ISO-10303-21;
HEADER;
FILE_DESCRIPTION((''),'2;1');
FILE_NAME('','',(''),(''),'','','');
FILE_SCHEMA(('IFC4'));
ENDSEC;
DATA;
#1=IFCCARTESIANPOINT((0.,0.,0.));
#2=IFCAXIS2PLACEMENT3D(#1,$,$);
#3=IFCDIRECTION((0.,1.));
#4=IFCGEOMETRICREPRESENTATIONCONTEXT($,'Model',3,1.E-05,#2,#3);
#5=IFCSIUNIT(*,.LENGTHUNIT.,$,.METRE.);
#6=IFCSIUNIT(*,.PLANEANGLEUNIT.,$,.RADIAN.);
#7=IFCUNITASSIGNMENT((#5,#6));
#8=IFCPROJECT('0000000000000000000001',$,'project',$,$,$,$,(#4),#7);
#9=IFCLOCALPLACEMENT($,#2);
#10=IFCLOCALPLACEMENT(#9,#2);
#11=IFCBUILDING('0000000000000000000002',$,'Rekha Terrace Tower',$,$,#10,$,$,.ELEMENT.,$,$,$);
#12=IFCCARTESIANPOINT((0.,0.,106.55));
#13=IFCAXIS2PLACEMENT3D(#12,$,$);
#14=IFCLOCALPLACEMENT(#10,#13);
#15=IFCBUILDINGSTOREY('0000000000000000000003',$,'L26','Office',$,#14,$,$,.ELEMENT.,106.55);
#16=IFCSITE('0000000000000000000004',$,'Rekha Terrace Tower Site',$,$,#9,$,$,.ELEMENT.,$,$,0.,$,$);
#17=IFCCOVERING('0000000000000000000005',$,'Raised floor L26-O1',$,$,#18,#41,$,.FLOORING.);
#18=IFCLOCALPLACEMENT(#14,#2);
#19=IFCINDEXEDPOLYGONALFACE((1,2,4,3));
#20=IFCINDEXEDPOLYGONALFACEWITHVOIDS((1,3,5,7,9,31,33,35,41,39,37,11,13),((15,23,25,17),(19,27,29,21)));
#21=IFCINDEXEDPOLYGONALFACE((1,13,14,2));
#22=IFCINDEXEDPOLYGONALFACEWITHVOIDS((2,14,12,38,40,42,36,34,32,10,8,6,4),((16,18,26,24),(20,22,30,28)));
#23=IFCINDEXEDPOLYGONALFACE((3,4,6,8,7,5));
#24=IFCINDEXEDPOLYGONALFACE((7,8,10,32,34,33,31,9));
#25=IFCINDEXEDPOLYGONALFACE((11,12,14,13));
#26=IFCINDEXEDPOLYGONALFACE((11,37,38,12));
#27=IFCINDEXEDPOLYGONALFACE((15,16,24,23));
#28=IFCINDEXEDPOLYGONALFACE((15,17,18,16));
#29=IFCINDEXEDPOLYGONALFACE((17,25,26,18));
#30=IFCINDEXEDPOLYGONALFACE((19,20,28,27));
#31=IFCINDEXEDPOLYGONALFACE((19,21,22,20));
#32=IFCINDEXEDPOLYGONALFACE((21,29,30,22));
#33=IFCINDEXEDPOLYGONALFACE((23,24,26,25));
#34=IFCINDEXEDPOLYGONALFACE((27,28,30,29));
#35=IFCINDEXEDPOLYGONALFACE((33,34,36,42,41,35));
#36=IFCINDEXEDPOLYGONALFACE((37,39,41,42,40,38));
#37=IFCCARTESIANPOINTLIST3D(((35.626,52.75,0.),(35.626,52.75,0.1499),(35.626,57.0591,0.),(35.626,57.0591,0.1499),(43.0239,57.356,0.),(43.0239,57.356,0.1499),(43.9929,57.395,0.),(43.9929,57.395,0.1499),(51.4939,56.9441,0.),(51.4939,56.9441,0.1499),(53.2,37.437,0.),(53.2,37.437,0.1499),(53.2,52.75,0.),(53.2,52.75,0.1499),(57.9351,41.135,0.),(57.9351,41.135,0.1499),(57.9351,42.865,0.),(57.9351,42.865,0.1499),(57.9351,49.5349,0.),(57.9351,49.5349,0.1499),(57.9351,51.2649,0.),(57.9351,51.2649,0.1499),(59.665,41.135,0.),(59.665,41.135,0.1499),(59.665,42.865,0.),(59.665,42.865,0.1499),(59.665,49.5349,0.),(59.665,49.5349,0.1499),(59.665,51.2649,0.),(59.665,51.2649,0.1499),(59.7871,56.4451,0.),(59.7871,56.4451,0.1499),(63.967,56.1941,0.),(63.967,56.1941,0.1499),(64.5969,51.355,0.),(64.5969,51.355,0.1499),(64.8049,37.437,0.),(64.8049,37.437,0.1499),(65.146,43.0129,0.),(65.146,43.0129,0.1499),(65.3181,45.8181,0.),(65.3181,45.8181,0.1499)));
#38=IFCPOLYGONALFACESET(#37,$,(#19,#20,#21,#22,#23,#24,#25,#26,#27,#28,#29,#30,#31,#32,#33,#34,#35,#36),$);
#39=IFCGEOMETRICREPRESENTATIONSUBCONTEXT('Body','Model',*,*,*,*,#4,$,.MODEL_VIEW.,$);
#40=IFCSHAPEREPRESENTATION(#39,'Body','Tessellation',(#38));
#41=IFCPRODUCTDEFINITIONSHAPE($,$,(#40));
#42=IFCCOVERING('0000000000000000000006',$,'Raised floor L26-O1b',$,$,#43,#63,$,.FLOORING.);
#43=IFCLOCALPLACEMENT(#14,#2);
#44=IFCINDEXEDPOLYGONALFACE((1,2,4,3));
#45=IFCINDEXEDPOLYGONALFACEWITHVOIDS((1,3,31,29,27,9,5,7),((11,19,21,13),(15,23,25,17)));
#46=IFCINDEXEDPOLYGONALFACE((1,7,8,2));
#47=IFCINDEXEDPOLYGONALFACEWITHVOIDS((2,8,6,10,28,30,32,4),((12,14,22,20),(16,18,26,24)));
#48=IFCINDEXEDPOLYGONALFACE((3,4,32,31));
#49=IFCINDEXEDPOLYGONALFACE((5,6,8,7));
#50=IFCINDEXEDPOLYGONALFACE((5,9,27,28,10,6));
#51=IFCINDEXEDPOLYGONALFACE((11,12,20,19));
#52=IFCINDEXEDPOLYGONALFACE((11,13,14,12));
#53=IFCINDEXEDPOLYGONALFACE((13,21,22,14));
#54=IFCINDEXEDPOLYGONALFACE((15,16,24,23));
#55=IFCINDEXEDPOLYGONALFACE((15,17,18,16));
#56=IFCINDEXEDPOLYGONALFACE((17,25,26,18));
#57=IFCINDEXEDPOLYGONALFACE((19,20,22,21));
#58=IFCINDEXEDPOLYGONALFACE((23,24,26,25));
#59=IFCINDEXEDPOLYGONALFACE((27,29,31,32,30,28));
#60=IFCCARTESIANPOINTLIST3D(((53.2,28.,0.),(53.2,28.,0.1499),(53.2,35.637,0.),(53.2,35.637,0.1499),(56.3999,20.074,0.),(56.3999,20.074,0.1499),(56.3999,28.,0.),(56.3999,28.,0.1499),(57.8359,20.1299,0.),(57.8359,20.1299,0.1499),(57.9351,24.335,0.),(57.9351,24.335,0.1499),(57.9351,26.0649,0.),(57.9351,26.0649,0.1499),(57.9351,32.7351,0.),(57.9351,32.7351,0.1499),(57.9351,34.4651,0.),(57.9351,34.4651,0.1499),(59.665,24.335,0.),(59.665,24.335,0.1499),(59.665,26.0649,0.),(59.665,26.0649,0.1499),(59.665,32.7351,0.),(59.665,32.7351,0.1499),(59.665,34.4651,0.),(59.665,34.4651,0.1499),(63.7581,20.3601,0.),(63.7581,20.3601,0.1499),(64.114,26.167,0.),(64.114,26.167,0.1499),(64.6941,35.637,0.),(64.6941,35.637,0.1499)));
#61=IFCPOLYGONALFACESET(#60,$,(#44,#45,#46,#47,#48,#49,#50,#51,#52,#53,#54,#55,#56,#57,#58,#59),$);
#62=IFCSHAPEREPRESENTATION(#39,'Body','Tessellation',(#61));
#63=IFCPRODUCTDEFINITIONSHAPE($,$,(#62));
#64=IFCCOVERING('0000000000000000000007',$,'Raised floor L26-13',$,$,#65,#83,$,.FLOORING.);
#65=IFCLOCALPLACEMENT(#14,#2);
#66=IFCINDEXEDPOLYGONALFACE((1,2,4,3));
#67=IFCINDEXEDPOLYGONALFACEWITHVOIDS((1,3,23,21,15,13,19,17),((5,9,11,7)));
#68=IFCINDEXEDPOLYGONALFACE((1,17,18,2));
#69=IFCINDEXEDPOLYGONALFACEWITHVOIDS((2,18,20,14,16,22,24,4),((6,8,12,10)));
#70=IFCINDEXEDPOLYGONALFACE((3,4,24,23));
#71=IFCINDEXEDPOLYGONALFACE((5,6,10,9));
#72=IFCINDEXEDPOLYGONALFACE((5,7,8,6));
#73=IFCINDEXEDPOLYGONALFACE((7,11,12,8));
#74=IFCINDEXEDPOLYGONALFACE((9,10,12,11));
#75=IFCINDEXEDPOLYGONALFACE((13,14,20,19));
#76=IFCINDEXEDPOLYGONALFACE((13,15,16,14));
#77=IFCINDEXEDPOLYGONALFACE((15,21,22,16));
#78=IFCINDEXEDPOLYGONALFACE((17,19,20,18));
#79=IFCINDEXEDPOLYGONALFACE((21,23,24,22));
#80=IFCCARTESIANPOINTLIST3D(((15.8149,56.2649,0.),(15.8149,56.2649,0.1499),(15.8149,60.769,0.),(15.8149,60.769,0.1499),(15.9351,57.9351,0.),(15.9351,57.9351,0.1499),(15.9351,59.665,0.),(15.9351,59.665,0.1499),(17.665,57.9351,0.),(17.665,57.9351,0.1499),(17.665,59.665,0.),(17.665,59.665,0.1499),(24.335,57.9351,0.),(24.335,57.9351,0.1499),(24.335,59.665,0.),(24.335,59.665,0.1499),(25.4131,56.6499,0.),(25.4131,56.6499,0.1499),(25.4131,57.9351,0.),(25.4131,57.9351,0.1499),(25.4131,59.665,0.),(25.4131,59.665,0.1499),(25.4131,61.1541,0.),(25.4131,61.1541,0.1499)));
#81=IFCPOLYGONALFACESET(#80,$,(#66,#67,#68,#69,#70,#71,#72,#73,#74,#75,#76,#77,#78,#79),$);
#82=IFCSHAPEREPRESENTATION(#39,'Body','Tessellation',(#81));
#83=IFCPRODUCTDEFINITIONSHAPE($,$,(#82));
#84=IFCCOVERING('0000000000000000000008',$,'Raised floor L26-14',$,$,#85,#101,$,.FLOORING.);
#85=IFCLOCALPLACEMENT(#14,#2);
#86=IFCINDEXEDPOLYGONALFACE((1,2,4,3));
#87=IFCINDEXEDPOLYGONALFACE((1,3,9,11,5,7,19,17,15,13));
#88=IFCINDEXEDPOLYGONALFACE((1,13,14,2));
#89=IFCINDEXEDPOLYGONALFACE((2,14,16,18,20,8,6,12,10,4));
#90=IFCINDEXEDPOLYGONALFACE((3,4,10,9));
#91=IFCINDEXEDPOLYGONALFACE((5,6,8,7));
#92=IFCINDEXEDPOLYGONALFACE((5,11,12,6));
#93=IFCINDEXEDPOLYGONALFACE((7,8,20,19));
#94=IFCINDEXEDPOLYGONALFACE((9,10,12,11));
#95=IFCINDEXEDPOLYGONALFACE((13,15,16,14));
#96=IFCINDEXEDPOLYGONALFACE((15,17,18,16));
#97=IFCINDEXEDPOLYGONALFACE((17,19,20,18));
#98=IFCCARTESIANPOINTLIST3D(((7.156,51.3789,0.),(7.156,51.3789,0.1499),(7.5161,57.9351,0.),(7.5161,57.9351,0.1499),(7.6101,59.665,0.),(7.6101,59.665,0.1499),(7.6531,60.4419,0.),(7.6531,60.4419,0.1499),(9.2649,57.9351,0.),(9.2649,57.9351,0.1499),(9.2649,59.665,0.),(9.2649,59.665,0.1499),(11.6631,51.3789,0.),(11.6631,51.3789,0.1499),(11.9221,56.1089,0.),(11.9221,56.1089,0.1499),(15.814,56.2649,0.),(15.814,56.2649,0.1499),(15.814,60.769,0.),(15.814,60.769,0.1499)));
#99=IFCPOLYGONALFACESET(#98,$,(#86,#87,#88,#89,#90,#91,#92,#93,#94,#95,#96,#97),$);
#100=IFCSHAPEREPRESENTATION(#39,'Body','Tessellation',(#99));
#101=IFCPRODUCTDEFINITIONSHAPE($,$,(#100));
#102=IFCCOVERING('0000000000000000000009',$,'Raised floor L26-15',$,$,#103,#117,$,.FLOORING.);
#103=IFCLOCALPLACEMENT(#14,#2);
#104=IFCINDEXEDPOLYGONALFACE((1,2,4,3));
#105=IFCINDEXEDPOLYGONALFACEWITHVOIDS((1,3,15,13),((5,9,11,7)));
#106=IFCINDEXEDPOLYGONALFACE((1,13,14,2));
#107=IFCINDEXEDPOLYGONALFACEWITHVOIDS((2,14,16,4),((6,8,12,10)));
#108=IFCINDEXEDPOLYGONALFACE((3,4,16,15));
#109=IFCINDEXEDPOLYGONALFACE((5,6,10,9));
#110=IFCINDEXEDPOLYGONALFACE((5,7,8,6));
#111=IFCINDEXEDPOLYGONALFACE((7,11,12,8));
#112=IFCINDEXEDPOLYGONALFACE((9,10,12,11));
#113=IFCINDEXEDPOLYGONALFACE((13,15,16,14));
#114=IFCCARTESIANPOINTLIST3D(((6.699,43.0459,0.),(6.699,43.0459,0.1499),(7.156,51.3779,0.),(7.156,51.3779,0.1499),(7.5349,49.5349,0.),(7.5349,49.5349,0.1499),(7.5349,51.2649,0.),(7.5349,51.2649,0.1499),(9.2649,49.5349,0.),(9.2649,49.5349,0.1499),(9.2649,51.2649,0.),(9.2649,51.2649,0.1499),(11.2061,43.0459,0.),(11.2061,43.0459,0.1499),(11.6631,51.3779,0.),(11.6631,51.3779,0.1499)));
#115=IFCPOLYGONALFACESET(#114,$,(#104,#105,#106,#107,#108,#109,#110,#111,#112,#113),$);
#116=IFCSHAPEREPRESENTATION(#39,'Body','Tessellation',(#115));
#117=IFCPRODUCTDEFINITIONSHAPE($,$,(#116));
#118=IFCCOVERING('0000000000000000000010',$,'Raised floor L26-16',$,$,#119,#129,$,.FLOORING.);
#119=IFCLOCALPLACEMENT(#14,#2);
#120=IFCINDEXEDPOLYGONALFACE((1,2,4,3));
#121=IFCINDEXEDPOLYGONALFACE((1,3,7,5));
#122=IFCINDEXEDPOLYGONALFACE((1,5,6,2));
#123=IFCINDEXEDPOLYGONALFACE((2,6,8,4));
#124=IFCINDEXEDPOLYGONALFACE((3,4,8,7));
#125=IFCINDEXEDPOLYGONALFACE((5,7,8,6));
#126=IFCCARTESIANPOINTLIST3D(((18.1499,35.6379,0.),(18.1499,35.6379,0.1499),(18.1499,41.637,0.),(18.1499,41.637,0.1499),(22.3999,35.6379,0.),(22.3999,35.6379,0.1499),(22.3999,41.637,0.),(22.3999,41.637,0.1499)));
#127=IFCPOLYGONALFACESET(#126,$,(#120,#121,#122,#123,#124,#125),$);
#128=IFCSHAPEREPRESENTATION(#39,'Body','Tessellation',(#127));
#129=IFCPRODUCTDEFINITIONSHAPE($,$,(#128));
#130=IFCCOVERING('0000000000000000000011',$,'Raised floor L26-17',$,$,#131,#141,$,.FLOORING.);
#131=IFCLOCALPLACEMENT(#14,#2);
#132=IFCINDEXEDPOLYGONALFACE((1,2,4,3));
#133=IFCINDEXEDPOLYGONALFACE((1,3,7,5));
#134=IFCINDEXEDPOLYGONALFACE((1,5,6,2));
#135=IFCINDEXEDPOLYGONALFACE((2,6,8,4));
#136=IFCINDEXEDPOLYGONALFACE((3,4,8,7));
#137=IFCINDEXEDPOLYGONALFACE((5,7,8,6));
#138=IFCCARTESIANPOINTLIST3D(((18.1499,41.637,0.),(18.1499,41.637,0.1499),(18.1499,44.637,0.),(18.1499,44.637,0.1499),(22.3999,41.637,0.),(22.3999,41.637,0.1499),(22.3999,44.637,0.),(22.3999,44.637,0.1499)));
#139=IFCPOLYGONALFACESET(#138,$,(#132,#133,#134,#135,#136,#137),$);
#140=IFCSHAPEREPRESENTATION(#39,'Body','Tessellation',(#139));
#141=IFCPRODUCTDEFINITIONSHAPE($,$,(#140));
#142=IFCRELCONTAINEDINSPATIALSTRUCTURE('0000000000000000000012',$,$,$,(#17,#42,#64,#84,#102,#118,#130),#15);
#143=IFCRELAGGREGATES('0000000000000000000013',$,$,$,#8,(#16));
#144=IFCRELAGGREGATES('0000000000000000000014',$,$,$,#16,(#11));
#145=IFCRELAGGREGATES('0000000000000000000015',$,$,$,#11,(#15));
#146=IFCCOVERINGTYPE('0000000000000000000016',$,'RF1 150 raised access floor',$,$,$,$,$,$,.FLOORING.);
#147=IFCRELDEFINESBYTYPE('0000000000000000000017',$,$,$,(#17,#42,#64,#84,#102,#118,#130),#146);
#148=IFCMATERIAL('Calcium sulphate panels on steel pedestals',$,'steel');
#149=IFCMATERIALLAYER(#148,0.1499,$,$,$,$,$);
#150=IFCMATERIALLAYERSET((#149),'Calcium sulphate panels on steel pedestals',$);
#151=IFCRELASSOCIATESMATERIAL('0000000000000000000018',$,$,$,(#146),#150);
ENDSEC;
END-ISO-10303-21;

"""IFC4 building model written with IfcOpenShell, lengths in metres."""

from ifc_helpers import new_model, si_unit, direction, frame, origin, place, context, subcontext, project, spatial, polyline, outline, extrude, material, layer, layer_set, type_object, element, save


model = new_model("IFC4")

# Units and contexts
model_context = context("Model", 3, precision=1e-05, world=origin(), true_north=direction((0.0, 1.0)))
body_context = subcontext(model_context, "Body", "Model", "MODEL_VIEW")
ifc_project = project(units=[si_unit("LENGTHUNIT", "METRE"), si_unit("PLANEANGLEUNIT", "RADIAN")], contexts=[model_context])

# Site, building, storey
site_placement = place(None, origin())
site = spatial("IfcSite", under=ifc_project, at=site_placement, Name="Rekha Terrace Tower Site", CompositionType="ELEMENT", RefElevation=0.0)
building_placement = place(site_placement, origin())
building = spatial("IfcBuilding", under=site, at=building_placement, Name="Rekha Terrace Tower", CompositionType="ELEMENT")
storey_placement = place(building_placement, frame((0.0, 0.0, 106.55)))
storey = spatial("IfcBuildingStorey", under=building, at=storey_placement, Name="L26", Description="Office", CompositionType="ELEMENT", Elevation=106.55)

# Coverings
ifc_material_1 = material(Name="Calcium sulphate panels on steel pedestals", Category="steel")
ifc_layer_1 = layer(ifc_material_1, 0.1499)
ifc_layer_set_1 = layer_set([ifc_layer_1], Name="Calcium sulphate panels on steel pedestals")
covering_type_1 = type_object("IfcCoveringType", Name="RF1 150 raised access floor", PredefinedType="FLOORING", material=ifc_layer_set_1)
covering_1_placement = place(storey_placement, origin())
element("IfcCovering", 1, at=covering_1_placement, inside=storey, type_object=covering_type_1, Name="Raised floor L26-O1", PredefinedType="FLOORING", context=body_context, shape_type="SweptSolid", body=[
    extrude(outline(polyline([(43.9929, 57.395), (43.0239, 57.356), (35.626, 57.0591), (35.626, 52.75), (53.2, 52.75), (53.2, 37.437), (64.8049, 37.437), (65.146, 43.0129), (65.3181, 45.8181), (64.5969, 51.355), (63.967, 56.1941), (59.7871, 56.4451), (51.4939, 56.9441), (43.9929, 57.395)]), holes=[polyline([(59.665, 41.135), (57.9351, 41.135), (57.9351, 42.865), (59.665, 42.865), (59.665, 41.135)]), polyline([(59.665, 49.5349), (57.9351, 49.5349), (57.9351, 51.2649), (59.665, 51.2649), (59.665, 49.5349)])]), origin(), (0.0, 0.0, 1.0), 0.1499),
])
covering_2_placement = place(storey_placement, origin())
element("IfcCovering", 2, at=covering_2_placement, inside=storey, type_object=covering_type_1, Name="Raised floor L26-O1b", PredefinedType="FLOORING", context=body_context, shape_type="SweptSolid", body=[
    extrude(outline(polyline([(56.3999, 20.074), (57.8359, 20.1299), (63.7581, 20.3601), (64.114, 26.167), (64.6941, 35.637), (53.2, 35.637), (53.2, 28.0), (56.3999, 28.0), (56.3999, 20.074)]), holes=[polyline([(59.665, 26.0649), (59.665, 24.335), (57.9351, 24.335), (57.9351, 26.0649), (59.665, 26.0649)]), polyline([(59.665, 32.7351), (57.9351, 32.7351), (57.9351, 34.4651), (59.665, 34.4651), (59.665, 32.7351)])]), origin(), (0.0, 0.0, 1.0), 0.1499),
])
covering_3_placement = place(storey_placement, origin())
element("IfcCovering", 3, at=covering_3_placement, inside=storey, type_object=covering_type_1, Name="Raised floor L26-13", PredefinedType="FLOORING", context=body_context, shape_type="SweptSolid", body=[
    extrude(outline(polyline([(25.4131, 61.1541), (15.8149, 60.769), (15.8149, 56.2649), (25.4131, 56.6499), (25.4131, 57.9351), (24.335, 57.9351), (24.335, 59.665), (25.4131, 59.665), (25.4131, 61.1541)]), holes=[polyline([(17.665, 57.9351), (15.9351, 57.9351), (15.9351, 59.665), (17.665, 59.665), (17.665, 57.9351)])]), origin(), (0.0, 0.0, 1.0), 0.1499),
])
covering_4_placement = place(storey_placement, origin())
element("IfcCovering", 4, at=covering_4_placement, inside=storey, type_object=covering_type_1, Name="Raised floor L26-14", PredefinedType="FLOORING", context=body_context, shape_type="SweptSolid", body=[
    extrude(outline(polyline([(7.5161, 57.9351), (7.156, 51.3789), (11.6631, 51.3789), (11.9221, 56.1089), (15.814, 56.2649), (15.814, 60.769), (7.6531, 60.4419), (7.6101, 59.665), (9.2649, 59.665), (9.2649, 57.9351), (7.5161, 57.9351)])), origin(), (0.0, 0.0, 1.0), 0.1499),
])
covering_5_placement = place(storey_placement, origin())
element("IfcCovering", 5, at=covering_5_placement, inside=storey, type_object=covering_type_1, Name="Raised floor L26-15", PredefinedType="FLOORING", context=body_context, shape_type="SweptSolid", body=[
    extrude(outline(polyline([(11.6631, 51.3779), (7.156, 51.3779), (6.699, 43.0459), (11.2061, 43.0459), (11.6631, 51.3779)]), holes=[polyline([(9.2649, 51.2649), (9.2649, 49.5349), (7.5349, 49.5349), (7.5349, 51.2649), (9.2649, 51.2649)])]), origin(), (0.0, 0.0, 1.0), 0.1499),
])
covering_6_placement = place(storey_placement, origin())
element("IfcCovering", 6, at=covering_6_placement, inside=storey, type_object=covering_type_1, Name="Raised floor L26-16", PredefinedType="FLOORING", context=body_context, shape_type="SweptSolid", body=[
    extrude(outline(polyline([(22.3999, 41.637), (18.1499, 41.637), (18.1499, 35.6379), (22.3999, 35.6379), (22.3999, 41.637)])), origin(), (0.0, 0.0, 1.0), 0.1499),
])
covering_7_placement = place(storey_placement, origin())
element("IfcCovering", 7, at=covering_7_placement, inside=storey, type_object=covering_type_1, Name="Raised floor L26-17", PredefinedType="FLOORING", context=body_context, shape_type="SweptSolid", body=[
    extrude(outline(polyline([(22.3999, 44.637), (18.1499, 44.637), (18.1499, 41.637), (22.3999, 41.637), (22.3999, 44.637)])), origin(), (0.0, 0.0, 1.0), 0.1499),
])

save(model, "model.ifc")
